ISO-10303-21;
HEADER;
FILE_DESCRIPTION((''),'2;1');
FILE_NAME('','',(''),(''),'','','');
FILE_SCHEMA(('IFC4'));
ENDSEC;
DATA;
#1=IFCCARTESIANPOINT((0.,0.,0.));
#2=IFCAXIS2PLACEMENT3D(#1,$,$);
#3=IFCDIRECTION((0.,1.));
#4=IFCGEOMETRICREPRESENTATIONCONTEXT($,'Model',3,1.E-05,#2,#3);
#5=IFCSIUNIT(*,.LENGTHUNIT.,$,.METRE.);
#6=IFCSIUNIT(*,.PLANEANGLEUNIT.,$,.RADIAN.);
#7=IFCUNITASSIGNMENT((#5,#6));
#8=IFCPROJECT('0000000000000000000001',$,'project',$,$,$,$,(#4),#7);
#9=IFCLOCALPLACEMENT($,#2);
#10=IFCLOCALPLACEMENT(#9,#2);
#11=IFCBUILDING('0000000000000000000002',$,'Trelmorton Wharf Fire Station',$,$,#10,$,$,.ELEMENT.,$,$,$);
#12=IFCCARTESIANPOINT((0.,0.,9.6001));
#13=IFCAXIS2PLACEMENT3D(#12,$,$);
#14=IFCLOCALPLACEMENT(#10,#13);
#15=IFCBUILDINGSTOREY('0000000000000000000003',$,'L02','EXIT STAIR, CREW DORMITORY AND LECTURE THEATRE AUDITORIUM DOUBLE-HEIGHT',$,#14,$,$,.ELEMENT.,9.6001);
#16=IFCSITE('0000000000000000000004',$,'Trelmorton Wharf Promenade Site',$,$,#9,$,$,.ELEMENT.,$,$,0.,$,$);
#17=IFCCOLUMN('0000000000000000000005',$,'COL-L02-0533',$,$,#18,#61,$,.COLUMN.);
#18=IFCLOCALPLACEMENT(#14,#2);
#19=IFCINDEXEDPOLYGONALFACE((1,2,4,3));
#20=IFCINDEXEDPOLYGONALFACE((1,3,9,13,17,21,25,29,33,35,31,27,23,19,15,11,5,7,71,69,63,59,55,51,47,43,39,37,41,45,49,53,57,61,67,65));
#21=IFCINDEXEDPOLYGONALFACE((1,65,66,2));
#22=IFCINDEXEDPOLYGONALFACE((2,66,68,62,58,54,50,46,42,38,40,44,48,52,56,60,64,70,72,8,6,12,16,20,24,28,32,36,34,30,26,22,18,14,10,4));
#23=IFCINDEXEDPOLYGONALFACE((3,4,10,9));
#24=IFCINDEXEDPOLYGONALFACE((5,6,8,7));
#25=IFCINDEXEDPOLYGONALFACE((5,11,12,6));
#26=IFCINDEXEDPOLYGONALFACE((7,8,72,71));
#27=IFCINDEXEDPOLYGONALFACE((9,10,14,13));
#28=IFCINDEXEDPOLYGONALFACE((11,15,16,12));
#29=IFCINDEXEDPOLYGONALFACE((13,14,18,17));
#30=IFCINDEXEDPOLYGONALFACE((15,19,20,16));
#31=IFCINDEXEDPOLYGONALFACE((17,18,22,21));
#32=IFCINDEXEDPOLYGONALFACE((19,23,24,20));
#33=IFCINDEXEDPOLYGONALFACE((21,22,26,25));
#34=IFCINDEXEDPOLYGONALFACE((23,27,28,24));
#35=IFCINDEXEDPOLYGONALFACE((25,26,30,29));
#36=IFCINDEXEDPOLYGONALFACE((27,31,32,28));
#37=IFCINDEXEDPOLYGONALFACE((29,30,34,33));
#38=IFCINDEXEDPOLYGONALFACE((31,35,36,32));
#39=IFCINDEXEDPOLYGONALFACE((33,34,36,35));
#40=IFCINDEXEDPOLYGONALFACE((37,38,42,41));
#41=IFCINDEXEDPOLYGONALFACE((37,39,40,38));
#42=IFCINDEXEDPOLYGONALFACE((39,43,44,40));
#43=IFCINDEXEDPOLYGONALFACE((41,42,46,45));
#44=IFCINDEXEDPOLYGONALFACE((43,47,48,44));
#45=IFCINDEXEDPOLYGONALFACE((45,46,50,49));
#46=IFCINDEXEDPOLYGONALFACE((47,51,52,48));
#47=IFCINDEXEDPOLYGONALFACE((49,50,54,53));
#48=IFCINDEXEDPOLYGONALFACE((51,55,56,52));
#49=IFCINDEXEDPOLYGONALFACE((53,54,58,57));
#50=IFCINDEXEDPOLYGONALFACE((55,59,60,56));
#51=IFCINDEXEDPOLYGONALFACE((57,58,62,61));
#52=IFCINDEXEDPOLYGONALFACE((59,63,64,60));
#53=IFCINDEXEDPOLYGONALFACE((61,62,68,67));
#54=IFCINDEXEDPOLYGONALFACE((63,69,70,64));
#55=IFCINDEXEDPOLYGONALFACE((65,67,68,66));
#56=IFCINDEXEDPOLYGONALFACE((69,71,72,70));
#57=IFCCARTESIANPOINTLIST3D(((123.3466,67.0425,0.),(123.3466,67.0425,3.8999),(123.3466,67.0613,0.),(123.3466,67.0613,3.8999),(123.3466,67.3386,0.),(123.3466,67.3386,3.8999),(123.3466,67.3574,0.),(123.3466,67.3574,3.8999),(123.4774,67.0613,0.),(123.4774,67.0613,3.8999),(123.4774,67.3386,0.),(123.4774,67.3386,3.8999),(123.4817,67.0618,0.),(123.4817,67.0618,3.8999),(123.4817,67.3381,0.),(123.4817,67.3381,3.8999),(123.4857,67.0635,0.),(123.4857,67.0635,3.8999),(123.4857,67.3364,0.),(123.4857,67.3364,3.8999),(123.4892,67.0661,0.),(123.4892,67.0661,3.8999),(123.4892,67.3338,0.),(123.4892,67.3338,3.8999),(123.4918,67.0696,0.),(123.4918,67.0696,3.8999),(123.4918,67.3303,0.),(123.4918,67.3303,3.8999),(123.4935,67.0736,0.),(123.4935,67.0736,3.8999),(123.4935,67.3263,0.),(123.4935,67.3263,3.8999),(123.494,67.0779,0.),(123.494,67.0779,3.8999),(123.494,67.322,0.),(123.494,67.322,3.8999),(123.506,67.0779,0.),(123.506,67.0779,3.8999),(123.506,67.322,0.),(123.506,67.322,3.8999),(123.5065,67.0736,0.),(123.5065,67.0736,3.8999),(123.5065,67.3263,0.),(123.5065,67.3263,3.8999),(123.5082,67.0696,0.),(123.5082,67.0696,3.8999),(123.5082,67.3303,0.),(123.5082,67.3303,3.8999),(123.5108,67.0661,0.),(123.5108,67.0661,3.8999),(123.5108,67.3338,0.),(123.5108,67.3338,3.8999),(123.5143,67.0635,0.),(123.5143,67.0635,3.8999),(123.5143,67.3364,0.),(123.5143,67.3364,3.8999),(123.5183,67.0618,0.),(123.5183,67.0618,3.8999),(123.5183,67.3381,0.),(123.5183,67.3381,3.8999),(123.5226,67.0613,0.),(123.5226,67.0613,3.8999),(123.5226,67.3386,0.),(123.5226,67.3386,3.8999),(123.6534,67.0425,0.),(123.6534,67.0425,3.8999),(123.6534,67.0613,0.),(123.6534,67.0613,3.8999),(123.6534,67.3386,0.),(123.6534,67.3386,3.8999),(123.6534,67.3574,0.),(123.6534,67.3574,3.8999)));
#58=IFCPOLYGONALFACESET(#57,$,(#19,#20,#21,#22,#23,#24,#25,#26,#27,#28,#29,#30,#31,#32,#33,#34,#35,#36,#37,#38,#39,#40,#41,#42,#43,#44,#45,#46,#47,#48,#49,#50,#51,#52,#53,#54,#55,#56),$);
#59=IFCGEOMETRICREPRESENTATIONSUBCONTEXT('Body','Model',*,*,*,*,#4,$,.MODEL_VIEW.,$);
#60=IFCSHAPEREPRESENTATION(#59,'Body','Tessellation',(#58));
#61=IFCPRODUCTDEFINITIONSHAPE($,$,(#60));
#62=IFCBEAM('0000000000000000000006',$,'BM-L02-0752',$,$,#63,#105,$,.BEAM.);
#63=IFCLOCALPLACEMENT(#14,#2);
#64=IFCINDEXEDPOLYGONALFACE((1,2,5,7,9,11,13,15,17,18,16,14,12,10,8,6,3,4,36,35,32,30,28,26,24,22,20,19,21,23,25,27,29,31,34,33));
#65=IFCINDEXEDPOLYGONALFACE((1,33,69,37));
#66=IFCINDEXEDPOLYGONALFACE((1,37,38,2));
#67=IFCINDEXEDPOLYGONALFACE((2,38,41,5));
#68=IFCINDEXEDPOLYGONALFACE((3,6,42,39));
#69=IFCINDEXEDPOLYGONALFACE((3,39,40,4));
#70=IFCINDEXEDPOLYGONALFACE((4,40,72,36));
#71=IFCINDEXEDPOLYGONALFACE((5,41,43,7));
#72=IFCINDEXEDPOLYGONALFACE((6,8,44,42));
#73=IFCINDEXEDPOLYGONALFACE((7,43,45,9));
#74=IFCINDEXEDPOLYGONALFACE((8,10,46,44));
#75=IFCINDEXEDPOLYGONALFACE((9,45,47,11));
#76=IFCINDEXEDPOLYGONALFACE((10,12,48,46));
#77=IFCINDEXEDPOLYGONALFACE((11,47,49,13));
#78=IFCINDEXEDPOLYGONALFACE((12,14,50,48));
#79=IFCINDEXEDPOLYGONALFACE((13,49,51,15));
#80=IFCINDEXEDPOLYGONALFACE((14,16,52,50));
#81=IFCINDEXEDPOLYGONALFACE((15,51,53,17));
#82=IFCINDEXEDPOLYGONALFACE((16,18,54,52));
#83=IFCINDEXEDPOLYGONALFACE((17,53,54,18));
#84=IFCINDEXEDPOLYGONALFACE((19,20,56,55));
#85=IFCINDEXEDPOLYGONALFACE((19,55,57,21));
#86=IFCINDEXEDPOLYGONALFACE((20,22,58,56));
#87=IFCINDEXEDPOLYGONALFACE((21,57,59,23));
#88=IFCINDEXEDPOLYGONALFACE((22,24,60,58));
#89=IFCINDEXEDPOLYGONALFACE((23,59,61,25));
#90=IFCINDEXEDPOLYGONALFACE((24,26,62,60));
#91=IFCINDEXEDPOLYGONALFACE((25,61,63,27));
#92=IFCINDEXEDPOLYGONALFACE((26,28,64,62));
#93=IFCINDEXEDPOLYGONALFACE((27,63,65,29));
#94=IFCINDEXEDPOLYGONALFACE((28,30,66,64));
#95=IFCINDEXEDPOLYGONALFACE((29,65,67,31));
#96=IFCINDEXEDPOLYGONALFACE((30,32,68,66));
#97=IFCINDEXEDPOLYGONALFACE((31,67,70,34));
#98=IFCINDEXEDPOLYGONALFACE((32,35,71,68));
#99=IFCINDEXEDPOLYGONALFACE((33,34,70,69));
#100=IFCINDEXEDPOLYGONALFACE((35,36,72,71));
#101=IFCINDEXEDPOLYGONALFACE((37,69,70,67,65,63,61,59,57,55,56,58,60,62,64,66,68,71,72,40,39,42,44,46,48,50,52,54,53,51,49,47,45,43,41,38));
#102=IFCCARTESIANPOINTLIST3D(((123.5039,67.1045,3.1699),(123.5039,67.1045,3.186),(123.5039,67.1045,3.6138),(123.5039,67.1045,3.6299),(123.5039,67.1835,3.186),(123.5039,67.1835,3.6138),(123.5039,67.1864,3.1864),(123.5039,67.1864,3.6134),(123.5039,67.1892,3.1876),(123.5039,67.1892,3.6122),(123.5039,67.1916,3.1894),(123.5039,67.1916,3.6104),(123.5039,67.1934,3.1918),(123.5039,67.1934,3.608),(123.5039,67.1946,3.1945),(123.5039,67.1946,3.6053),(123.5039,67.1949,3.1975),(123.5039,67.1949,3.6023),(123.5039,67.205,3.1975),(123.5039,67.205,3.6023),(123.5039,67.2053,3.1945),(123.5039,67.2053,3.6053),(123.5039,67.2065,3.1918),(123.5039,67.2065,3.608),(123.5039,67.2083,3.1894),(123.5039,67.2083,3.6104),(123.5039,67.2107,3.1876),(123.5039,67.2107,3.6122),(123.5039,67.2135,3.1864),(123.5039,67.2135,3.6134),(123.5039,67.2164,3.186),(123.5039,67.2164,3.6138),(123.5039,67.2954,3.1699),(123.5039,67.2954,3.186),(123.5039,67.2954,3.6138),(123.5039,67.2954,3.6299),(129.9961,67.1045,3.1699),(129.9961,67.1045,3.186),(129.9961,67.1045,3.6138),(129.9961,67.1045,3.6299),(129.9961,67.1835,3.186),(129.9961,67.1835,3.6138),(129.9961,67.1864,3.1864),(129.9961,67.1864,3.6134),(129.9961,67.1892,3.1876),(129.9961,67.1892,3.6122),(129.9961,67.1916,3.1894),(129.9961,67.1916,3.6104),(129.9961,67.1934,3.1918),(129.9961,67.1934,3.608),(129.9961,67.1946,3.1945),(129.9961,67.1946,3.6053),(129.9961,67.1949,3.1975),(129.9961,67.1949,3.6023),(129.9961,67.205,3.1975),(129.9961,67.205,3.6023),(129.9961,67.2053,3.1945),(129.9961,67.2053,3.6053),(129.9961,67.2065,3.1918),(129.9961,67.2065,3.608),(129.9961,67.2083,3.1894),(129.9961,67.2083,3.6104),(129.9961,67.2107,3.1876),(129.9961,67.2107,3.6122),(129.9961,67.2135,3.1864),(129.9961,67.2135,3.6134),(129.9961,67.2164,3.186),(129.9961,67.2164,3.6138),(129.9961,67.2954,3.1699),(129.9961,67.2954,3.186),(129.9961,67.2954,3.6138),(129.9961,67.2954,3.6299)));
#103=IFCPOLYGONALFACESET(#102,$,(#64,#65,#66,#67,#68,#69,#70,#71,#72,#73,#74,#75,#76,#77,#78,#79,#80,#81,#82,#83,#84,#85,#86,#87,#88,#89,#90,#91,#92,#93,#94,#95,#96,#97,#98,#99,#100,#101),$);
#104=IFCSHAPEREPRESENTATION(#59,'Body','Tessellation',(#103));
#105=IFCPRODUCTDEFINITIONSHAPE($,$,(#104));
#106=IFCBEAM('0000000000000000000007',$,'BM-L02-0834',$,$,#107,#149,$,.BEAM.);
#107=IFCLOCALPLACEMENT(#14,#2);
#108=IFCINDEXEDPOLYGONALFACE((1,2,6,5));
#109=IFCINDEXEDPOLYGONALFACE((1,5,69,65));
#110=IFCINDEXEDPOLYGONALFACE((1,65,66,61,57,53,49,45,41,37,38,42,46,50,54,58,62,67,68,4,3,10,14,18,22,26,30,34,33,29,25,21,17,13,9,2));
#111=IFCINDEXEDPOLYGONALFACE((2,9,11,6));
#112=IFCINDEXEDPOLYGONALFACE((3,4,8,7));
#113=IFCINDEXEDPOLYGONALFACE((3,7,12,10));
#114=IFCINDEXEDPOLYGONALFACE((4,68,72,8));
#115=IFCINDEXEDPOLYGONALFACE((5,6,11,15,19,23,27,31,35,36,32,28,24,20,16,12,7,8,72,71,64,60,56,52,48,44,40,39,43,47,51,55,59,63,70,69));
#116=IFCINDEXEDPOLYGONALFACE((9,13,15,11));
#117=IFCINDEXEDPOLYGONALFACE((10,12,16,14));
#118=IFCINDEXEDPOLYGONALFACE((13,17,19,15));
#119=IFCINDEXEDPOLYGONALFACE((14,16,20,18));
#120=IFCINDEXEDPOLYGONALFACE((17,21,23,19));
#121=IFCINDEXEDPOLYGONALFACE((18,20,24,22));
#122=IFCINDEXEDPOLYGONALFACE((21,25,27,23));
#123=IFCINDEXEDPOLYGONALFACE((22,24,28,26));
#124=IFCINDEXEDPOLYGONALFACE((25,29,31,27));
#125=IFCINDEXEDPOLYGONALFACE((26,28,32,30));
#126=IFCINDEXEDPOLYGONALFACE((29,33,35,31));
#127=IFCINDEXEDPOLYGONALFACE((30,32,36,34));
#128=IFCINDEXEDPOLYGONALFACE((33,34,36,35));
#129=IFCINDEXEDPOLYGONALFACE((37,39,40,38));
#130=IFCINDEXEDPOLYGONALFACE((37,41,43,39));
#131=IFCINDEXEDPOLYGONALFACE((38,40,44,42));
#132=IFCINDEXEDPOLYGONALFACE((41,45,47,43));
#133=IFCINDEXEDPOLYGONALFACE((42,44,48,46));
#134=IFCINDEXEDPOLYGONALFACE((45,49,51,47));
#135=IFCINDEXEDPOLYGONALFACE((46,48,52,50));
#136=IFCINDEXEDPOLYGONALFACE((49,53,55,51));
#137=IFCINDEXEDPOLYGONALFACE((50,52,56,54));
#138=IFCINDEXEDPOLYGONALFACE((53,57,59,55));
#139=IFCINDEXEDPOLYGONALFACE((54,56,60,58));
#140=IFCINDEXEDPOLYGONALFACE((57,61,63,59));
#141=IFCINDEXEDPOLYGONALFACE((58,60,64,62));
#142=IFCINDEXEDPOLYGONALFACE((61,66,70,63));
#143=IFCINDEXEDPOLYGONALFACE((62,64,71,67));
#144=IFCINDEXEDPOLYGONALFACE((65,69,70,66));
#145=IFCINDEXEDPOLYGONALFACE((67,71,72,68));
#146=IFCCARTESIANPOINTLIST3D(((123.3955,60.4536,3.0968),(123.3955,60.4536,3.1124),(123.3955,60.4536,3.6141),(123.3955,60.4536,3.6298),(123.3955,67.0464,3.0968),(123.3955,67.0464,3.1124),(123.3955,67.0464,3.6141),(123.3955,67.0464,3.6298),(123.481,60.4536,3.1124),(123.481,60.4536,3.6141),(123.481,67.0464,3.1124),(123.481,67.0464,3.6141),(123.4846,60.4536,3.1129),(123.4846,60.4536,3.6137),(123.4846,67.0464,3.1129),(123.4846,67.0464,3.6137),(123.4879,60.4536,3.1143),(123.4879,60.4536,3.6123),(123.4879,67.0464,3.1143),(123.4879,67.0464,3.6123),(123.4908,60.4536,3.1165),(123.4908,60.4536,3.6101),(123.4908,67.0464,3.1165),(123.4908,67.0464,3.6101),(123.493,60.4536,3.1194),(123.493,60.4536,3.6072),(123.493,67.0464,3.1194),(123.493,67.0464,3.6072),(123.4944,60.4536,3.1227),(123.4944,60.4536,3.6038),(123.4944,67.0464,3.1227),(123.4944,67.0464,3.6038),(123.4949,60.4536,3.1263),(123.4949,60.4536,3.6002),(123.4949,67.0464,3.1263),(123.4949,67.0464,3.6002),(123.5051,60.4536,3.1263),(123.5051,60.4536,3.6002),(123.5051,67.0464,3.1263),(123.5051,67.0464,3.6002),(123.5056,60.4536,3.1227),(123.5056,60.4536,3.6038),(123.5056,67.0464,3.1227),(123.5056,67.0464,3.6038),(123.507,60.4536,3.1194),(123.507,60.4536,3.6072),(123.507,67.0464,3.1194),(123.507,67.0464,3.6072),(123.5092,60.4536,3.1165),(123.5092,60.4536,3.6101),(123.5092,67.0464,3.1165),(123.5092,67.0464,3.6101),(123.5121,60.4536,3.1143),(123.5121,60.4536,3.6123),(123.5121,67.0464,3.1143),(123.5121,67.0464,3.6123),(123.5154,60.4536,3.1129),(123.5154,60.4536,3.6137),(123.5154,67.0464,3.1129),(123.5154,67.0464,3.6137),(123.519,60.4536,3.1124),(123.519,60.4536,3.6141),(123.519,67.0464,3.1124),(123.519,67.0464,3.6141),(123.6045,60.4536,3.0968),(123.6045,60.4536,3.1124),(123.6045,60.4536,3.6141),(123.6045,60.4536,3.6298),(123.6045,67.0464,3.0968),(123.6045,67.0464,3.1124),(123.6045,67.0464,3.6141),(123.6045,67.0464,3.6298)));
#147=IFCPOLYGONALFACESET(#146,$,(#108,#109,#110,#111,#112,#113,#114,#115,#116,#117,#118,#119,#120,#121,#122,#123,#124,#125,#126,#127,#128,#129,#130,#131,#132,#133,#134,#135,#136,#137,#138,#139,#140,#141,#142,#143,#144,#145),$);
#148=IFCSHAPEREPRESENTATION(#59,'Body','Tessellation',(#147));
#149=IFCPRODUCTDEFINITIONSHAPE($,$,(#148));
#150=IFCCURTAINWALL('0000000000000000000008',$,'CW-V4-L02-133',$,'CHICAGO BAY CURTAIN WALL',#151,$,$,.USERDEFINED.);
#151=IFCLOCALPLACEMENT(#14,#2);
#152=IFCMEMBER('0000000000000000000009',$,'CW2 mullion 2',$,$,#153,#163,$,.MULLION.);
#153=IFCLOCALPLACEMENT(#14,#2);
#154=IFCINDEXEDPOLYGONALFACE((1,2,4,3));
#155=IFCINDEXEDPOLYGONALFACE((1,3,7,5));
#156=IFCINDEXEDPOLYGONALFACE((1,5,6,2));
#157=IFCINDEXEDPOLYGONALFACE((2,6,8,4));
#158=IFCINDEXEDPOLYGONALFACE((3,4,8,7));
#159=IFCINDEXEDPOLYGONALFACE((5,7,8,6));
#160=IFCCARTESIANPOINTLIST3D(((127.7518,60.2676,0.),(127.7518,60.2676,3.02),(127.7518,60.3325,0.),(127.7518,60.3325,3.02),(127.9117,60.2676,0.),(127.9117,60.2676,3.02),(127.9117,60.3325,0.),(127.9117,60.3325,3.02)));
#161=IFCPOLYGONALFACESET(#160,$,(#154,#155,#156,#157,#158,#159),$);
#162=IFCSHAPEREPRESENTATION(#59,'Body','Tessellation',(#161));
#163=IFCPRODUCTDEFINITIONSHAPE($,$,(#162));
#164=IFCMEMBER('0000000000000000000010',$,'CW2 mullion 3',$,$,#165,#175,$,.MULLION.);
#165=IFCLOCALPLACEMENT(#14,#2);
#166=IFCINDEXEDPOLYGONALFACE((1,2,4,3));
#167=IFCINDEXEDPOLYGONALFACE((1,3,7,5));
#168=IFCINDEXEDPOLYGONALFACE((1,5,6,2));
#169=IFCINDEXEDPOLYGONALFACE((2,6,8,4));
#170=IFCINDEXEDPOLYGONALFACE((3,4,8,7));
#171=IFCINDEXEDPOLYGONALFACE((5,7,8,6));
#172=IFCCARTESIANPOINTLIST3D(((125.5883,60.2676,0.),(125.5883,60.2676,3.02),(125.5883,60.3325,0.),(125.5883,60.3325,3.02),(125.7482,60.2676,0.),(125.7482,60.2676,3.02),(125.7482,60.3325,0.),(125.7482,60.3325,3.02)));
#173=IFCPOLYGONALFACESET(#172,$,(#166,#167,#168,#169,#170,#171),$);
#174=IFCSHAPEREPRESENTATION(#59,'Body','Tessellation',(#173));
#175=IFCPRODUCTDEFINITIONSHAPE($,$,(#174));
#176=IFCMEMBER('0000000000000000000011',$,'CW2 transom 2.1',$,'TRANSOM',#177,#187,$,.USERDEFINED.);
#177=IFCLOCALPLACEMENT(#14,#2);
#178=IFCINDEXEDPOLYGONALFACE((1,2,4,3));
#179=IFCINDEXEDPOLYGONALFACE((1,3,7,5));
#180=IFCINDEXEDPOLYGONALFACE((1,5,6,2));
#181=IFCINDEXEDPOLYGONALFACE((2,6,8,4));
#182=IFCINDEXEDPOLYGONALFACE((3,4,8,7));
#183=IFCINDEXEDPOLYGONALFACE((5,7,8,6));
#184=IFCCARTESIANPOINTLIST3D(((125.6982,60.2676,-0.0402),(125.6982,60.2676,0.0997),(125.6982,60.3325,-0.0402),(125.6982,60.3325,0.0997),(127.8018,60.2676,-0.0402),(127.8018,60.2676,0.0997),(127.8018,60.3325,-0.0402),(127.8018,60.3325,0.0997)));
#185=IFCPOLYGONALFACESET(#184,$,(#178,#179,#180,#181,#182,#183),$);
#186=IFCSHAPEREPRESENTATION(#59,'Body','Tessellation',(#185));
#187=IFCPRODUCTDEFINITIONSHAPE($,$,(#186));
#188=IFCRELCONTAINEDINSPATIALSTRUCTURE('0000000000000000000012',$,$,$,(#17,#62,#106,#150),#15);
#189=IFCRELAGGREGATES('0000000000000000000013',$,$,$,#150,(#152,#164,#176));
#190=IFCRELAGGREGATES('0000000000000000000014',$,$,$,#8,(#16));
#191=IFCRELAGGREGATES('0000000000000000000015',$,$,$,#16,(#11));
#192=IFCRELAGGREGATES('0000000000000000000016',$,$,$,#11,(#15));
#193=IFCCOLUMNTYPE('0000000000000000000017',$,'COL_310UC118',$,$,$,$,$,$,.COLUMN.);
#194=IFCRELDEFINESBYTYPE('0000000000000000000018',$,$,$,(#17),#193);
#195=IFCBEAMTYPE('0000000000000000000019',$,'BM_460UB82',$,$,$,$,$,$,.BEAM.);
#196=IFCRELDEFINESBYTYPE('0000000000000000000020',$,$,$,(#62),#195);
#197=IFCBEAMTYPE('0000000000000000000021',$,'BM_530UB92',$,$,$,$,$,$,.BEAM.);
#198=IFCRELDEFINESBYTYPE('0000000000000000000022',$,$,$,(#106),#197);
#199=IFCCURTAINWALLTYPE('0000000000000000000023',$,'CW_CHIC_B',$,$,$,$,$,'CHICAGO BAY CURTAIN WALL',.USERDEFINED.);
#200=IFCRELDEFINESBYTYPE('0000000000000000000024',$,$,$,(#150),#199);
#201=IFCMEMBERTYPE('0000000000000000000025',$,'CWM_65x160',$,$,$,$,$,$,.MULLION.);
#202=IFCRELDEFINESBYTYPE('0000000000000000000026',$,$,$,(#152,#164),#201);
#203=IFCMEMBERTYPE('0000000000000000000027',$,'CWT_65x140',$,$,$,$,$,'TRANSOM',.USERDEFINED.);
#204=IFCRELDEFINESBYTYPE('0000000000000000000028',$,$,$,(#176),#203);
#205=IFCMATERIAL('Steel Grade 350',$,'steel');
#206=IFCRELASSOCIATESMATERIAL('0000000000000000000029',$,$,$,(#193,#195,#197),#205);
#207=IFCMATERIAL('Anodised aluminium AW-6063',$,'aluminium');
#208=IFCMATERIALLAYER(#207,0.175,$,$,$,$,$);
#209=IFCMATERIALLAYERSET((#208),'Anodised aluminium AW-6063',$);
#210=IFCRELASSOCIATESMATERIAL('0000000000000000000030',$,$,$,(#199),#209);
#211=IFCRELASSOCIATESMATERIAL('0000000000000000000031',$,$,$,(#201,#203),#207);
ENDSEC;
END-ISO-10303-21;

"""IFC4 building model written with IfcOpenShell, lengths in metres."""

from ifc_helpers import new_model, si_unit, direction, frame, origin, origin_2d, place, context, subcontext, project, spatial, rectangle, i_section, extrude, material, layer, layer_set, material_profile, profile_set, type_object, element, aggregate, save


model = new_model("IFC4")

# Units and contexts
model_context = context("Model", 3, precision=1e-05, world=origin(), true_north=direction((0.0, 1.0)))
body_context = subcontext(model_context, "Body", "Model", "MODEL_VIEW")
ifc_project = project(units=[si_unit("LENGTHUNIT", "METRE"), si_unit("PLANEANGLEUNIT", "RADIAN")], contexts=[model_context])

# Site, building, storey
site_placement = place(None, origin())
site = spatial("IfcSite", under=ifc_project, at=site_placement, Name="Trelmorton Wharf Promenade Site", CompositionType="ELEMENT", RefElevation=0.0)
building_placement = place(site_placement, origin())
building = spatial("IfcBuilding", under=site, at=building_placement, Name="Trelmorton Wharf Fire Station", CompositionType="ELEMENT")
storey_placement = place(building_placement, frame((0.0, 0.0, 9.6001)))
storey = spatial("IfcBuildingStorey", under=building, at=storey_placement, Name="L02", Description="EXIT STAIR, CREW DORMITORY AND LECTURE THEATRE AUDITORIUM DOUBLE-HEIGHT", CompositionType="ELEMENT", Elevation=9.6001)

# Column
ifc_material_1 = material(Name="Steel Grade 350", Category="steel")
ifc_material_profile_1 = material_profile(ifc_material_1, i_section(OverallWidth=0.3069, OverallDepth=0.3149, WebThickness=0.012, FlangeThickness=0.0188, FilletRadius=0.0166, at=origin_2d()), Name="310UC118")
ifc_profile_set_1 = profile_set([ifc_material_profile_1], Name="Steel Grade 350")
column_type = type_object("IfcColumnType", Name="COL_310UC118", PredefinedType="COLUMN", material=ifc_profile_set_1)
column_placement = place(storey_placement, frame((123.5, 67.2, 0.0), z_axis=(0.0, 0.0, 1.0), x_axis=(1.0, 0.0, 0.0)))
element("IfcColumn", 1, at=column_placement, inside=storey, type_object=column_type, Name="COL-L02-0533", PredefinedType="COLUMN", context=body_context, shape_type="SweptSolid", body=[
    extrude(i_section(OverallWidth=0.3069, OverallDepth=0.3149, WebThickness=0.012, FlangeThickness=0.0188, FilletRadius=0.0166, at=origin_2d()), origin(), (0.0, 0.0, 1.0), 3.8999),
])

# Beams
ifc_material_profile_2 = material_profile(ifc_material_1, i_section(OverallWidth=0.1909, OverallDepth=0.46, WebThickness=0.01, FlangeThickness=0.0161, FilletRadius=0.0115, at=origin_2d()), Name="460UB82.1")
ifc_profile_set_2 = profile_set([ifc_material_profile_2], Name="Steel Grade 350")
beam_type_1 = type_object("IfcBeamType", Name="BM_460UB82", PredefinedType="BEAM", material=ifc_profile_set_2)
beam_1_placement = place(storey_placement, frame((123.5039, 67.2, 3.3999), z_axis=(1.0, 0.0, 0.0), x_axis=(0.0, 1.0, 0.0)))
element("IfcBeam", 2, at=beam_1_placement, inside=storey, type_object=beam_type_1, Name="BM-L02-0752", PredefinedType="BEAM", context=body_context, shape_type="SweptSolid", body=[
    extrude(i_section(OverallWidth=0.1909, OverallDepth=0.46, WebThickness=0.01, FlangeThickness=0.0161, FilletRadius=0.0115, at=origin_2d()), origin(), (0.0, 0.0, 1.0), 6.4922),
])
ifc_material_profile_3 = material_profile(ifc_material_1, i_section(OverallWidth=0.209, OverallDepth=0.533, WebThickness=0.0103, FlangeThickness=0.0156, FilletRadius=0.0139, at=origin_2d()), Name="530UB92.4")
ifc_profile_set_3 = profile_set([ifc_material_profile_3], Name="Steel Grade 350")
beam_type_2 = type_object("IfcBeamType", Name="BM_530UB92", PredefinedType="BEAM", material=ifc_profile_set_3)
beam_2_placement = place(storey_placement, frame((123.5, 60.4536, 3.3633), z_axis=(0.0, 1.0, 0.0), x_axis=(-1.0, 0.0, 0.0)))
element("IfcBeam", 3, at=beam_2_placement, inside=storey, type_object=beam_type_2, Name="BM-L02-0834", PredefinedType="BEAM", context=body_context, shape_type="SweptSolid", body=[
    extrude(i_section(OverallWidth=0.209, OverallDepth=0.533, WebThickness=0.0103, FlangeThickness=0.0156, FilletRadius=0.0139, at=origin_2d()), origin(), (0.0, 0.0, 1.0), 6.5928),
])

# Curtain wall, members
ifc_material_2 = material(Name="Anodised aluminium AW-6063", Category="aluminium")
ifc_layer_1 = layer(ifc_material_2, 0.175)
ifc_layer_set_1 = layer_set([ifc_layer_1], Name="Anodised aluminium AW-6063")
curtain_wall_type = type_object("IfcCurtainWallType", Name="CW_CHIC_B", ElementType="CHICAGO BAY CURTAIN WALL", PredefinedType="USERDEFINED", material=ifc_layer_set_1)
curtain_wall_placement = place(storey_placement, origin())
curtain_wall = element("IfcCurtainWall", 4, at=curtain_wall_placement, inside=storey, type_object=curtain_wall_type, Name="CW-V4-L02-133", ObjectType="CHICAGO BAY CURTAIN WALL", PredefinedType="USERDEFINED")
ifc_material_profile_4 = material_profile(ifc_material_2, rectangle(XDim=0.0649, YDim=0.1599, at=origin_2d()), Name="ALU-65x160")
ifc_profile_set_4 = profile_set([ifc_material_profile_4], Name="Anodised aluminium AW-6063")
member_type_1 = type_object("IfcMemberType", Name="CWM_65x160", PredefinedType="MULLION", material=ifc_profile_set_4)
member_1_placement = place(storey_placement, frame((127.8318, 60.3, 0.0), z_axis=(0.0, 0.0, 1.0), x_axis=(0.0, -1.0, 0.0)))
member_1 = element("IfcMember", 5, at=member_1_placement, type_object=member_type_1, Name="CW2 mullion 2", PredefinedType="MULLION", context=body_context, shape_type="SweptSolid", body=[
    extrude(rectangle(XDim=0.0649, YDim=0.1599, at=origin_2d()), origin(), (0.0, 0.0, 1.0), 3.02),
])
member_2_placement = place(storey_placement, frame((125.6682, 60.3, 0.0), z_axis=(0.0, 0.0, 1.0), x_axis=(0.0, -1.0, 0.0)))
member_2 = element("IfcMember", 6, at=member_2_placement, type_object=member_type_1, Name="CW2 mullion 3", PredefinedType="MULLION", context=body_context, shape_type="SweptSolid", body=[
    extrude(rectangle(XDim=0.0649, YDim=0.1599, at=origin_2d()), origin(), (0.0, 0.0, 1.0), 3.02),
])
ifc_material_profile_5 = material_profile(ifc_material_2, rectangle(XDim=0.0649, YDim=0.1399, at=origin_2d()), Name="ALU-65x140")
ifc_profile_set_5 = profile_set([ifc_material_profile_5], Name="Anodised aluminium AW-6063")
member_type_2 = type_object("IfcMemberType", Name="CWT_65x140", ElementType="TRANSOM", PredefinedType="USERDEFINED", material=ifc_profile_set_5)
member_3_placement = place(storey_placement, frame((127.8018, 60.3, 0.0298), z_axis=(-1.0, 0.0, 0.0), x_axis=(0.0, -1.0, 0.0)))
member_3 = element("IfcMember", 7, at=member_3_placement, type_object=member_type_2, Name="CW2 transom 2.1", ObjectType="TRANSOM", PredefinedType="USERDEFINED", context=body_context, shape_type="SweptSolid", body=[
    extrude(rectangle(XDim=0.0649, YDim=0.1399, at=origin_2d()), origin(), (0.0, 0.0, 1.0), 2.1035),
])

aggregate(curtain_wall, [member_1, member_2, member_3])

save(model, "model.ifc")
